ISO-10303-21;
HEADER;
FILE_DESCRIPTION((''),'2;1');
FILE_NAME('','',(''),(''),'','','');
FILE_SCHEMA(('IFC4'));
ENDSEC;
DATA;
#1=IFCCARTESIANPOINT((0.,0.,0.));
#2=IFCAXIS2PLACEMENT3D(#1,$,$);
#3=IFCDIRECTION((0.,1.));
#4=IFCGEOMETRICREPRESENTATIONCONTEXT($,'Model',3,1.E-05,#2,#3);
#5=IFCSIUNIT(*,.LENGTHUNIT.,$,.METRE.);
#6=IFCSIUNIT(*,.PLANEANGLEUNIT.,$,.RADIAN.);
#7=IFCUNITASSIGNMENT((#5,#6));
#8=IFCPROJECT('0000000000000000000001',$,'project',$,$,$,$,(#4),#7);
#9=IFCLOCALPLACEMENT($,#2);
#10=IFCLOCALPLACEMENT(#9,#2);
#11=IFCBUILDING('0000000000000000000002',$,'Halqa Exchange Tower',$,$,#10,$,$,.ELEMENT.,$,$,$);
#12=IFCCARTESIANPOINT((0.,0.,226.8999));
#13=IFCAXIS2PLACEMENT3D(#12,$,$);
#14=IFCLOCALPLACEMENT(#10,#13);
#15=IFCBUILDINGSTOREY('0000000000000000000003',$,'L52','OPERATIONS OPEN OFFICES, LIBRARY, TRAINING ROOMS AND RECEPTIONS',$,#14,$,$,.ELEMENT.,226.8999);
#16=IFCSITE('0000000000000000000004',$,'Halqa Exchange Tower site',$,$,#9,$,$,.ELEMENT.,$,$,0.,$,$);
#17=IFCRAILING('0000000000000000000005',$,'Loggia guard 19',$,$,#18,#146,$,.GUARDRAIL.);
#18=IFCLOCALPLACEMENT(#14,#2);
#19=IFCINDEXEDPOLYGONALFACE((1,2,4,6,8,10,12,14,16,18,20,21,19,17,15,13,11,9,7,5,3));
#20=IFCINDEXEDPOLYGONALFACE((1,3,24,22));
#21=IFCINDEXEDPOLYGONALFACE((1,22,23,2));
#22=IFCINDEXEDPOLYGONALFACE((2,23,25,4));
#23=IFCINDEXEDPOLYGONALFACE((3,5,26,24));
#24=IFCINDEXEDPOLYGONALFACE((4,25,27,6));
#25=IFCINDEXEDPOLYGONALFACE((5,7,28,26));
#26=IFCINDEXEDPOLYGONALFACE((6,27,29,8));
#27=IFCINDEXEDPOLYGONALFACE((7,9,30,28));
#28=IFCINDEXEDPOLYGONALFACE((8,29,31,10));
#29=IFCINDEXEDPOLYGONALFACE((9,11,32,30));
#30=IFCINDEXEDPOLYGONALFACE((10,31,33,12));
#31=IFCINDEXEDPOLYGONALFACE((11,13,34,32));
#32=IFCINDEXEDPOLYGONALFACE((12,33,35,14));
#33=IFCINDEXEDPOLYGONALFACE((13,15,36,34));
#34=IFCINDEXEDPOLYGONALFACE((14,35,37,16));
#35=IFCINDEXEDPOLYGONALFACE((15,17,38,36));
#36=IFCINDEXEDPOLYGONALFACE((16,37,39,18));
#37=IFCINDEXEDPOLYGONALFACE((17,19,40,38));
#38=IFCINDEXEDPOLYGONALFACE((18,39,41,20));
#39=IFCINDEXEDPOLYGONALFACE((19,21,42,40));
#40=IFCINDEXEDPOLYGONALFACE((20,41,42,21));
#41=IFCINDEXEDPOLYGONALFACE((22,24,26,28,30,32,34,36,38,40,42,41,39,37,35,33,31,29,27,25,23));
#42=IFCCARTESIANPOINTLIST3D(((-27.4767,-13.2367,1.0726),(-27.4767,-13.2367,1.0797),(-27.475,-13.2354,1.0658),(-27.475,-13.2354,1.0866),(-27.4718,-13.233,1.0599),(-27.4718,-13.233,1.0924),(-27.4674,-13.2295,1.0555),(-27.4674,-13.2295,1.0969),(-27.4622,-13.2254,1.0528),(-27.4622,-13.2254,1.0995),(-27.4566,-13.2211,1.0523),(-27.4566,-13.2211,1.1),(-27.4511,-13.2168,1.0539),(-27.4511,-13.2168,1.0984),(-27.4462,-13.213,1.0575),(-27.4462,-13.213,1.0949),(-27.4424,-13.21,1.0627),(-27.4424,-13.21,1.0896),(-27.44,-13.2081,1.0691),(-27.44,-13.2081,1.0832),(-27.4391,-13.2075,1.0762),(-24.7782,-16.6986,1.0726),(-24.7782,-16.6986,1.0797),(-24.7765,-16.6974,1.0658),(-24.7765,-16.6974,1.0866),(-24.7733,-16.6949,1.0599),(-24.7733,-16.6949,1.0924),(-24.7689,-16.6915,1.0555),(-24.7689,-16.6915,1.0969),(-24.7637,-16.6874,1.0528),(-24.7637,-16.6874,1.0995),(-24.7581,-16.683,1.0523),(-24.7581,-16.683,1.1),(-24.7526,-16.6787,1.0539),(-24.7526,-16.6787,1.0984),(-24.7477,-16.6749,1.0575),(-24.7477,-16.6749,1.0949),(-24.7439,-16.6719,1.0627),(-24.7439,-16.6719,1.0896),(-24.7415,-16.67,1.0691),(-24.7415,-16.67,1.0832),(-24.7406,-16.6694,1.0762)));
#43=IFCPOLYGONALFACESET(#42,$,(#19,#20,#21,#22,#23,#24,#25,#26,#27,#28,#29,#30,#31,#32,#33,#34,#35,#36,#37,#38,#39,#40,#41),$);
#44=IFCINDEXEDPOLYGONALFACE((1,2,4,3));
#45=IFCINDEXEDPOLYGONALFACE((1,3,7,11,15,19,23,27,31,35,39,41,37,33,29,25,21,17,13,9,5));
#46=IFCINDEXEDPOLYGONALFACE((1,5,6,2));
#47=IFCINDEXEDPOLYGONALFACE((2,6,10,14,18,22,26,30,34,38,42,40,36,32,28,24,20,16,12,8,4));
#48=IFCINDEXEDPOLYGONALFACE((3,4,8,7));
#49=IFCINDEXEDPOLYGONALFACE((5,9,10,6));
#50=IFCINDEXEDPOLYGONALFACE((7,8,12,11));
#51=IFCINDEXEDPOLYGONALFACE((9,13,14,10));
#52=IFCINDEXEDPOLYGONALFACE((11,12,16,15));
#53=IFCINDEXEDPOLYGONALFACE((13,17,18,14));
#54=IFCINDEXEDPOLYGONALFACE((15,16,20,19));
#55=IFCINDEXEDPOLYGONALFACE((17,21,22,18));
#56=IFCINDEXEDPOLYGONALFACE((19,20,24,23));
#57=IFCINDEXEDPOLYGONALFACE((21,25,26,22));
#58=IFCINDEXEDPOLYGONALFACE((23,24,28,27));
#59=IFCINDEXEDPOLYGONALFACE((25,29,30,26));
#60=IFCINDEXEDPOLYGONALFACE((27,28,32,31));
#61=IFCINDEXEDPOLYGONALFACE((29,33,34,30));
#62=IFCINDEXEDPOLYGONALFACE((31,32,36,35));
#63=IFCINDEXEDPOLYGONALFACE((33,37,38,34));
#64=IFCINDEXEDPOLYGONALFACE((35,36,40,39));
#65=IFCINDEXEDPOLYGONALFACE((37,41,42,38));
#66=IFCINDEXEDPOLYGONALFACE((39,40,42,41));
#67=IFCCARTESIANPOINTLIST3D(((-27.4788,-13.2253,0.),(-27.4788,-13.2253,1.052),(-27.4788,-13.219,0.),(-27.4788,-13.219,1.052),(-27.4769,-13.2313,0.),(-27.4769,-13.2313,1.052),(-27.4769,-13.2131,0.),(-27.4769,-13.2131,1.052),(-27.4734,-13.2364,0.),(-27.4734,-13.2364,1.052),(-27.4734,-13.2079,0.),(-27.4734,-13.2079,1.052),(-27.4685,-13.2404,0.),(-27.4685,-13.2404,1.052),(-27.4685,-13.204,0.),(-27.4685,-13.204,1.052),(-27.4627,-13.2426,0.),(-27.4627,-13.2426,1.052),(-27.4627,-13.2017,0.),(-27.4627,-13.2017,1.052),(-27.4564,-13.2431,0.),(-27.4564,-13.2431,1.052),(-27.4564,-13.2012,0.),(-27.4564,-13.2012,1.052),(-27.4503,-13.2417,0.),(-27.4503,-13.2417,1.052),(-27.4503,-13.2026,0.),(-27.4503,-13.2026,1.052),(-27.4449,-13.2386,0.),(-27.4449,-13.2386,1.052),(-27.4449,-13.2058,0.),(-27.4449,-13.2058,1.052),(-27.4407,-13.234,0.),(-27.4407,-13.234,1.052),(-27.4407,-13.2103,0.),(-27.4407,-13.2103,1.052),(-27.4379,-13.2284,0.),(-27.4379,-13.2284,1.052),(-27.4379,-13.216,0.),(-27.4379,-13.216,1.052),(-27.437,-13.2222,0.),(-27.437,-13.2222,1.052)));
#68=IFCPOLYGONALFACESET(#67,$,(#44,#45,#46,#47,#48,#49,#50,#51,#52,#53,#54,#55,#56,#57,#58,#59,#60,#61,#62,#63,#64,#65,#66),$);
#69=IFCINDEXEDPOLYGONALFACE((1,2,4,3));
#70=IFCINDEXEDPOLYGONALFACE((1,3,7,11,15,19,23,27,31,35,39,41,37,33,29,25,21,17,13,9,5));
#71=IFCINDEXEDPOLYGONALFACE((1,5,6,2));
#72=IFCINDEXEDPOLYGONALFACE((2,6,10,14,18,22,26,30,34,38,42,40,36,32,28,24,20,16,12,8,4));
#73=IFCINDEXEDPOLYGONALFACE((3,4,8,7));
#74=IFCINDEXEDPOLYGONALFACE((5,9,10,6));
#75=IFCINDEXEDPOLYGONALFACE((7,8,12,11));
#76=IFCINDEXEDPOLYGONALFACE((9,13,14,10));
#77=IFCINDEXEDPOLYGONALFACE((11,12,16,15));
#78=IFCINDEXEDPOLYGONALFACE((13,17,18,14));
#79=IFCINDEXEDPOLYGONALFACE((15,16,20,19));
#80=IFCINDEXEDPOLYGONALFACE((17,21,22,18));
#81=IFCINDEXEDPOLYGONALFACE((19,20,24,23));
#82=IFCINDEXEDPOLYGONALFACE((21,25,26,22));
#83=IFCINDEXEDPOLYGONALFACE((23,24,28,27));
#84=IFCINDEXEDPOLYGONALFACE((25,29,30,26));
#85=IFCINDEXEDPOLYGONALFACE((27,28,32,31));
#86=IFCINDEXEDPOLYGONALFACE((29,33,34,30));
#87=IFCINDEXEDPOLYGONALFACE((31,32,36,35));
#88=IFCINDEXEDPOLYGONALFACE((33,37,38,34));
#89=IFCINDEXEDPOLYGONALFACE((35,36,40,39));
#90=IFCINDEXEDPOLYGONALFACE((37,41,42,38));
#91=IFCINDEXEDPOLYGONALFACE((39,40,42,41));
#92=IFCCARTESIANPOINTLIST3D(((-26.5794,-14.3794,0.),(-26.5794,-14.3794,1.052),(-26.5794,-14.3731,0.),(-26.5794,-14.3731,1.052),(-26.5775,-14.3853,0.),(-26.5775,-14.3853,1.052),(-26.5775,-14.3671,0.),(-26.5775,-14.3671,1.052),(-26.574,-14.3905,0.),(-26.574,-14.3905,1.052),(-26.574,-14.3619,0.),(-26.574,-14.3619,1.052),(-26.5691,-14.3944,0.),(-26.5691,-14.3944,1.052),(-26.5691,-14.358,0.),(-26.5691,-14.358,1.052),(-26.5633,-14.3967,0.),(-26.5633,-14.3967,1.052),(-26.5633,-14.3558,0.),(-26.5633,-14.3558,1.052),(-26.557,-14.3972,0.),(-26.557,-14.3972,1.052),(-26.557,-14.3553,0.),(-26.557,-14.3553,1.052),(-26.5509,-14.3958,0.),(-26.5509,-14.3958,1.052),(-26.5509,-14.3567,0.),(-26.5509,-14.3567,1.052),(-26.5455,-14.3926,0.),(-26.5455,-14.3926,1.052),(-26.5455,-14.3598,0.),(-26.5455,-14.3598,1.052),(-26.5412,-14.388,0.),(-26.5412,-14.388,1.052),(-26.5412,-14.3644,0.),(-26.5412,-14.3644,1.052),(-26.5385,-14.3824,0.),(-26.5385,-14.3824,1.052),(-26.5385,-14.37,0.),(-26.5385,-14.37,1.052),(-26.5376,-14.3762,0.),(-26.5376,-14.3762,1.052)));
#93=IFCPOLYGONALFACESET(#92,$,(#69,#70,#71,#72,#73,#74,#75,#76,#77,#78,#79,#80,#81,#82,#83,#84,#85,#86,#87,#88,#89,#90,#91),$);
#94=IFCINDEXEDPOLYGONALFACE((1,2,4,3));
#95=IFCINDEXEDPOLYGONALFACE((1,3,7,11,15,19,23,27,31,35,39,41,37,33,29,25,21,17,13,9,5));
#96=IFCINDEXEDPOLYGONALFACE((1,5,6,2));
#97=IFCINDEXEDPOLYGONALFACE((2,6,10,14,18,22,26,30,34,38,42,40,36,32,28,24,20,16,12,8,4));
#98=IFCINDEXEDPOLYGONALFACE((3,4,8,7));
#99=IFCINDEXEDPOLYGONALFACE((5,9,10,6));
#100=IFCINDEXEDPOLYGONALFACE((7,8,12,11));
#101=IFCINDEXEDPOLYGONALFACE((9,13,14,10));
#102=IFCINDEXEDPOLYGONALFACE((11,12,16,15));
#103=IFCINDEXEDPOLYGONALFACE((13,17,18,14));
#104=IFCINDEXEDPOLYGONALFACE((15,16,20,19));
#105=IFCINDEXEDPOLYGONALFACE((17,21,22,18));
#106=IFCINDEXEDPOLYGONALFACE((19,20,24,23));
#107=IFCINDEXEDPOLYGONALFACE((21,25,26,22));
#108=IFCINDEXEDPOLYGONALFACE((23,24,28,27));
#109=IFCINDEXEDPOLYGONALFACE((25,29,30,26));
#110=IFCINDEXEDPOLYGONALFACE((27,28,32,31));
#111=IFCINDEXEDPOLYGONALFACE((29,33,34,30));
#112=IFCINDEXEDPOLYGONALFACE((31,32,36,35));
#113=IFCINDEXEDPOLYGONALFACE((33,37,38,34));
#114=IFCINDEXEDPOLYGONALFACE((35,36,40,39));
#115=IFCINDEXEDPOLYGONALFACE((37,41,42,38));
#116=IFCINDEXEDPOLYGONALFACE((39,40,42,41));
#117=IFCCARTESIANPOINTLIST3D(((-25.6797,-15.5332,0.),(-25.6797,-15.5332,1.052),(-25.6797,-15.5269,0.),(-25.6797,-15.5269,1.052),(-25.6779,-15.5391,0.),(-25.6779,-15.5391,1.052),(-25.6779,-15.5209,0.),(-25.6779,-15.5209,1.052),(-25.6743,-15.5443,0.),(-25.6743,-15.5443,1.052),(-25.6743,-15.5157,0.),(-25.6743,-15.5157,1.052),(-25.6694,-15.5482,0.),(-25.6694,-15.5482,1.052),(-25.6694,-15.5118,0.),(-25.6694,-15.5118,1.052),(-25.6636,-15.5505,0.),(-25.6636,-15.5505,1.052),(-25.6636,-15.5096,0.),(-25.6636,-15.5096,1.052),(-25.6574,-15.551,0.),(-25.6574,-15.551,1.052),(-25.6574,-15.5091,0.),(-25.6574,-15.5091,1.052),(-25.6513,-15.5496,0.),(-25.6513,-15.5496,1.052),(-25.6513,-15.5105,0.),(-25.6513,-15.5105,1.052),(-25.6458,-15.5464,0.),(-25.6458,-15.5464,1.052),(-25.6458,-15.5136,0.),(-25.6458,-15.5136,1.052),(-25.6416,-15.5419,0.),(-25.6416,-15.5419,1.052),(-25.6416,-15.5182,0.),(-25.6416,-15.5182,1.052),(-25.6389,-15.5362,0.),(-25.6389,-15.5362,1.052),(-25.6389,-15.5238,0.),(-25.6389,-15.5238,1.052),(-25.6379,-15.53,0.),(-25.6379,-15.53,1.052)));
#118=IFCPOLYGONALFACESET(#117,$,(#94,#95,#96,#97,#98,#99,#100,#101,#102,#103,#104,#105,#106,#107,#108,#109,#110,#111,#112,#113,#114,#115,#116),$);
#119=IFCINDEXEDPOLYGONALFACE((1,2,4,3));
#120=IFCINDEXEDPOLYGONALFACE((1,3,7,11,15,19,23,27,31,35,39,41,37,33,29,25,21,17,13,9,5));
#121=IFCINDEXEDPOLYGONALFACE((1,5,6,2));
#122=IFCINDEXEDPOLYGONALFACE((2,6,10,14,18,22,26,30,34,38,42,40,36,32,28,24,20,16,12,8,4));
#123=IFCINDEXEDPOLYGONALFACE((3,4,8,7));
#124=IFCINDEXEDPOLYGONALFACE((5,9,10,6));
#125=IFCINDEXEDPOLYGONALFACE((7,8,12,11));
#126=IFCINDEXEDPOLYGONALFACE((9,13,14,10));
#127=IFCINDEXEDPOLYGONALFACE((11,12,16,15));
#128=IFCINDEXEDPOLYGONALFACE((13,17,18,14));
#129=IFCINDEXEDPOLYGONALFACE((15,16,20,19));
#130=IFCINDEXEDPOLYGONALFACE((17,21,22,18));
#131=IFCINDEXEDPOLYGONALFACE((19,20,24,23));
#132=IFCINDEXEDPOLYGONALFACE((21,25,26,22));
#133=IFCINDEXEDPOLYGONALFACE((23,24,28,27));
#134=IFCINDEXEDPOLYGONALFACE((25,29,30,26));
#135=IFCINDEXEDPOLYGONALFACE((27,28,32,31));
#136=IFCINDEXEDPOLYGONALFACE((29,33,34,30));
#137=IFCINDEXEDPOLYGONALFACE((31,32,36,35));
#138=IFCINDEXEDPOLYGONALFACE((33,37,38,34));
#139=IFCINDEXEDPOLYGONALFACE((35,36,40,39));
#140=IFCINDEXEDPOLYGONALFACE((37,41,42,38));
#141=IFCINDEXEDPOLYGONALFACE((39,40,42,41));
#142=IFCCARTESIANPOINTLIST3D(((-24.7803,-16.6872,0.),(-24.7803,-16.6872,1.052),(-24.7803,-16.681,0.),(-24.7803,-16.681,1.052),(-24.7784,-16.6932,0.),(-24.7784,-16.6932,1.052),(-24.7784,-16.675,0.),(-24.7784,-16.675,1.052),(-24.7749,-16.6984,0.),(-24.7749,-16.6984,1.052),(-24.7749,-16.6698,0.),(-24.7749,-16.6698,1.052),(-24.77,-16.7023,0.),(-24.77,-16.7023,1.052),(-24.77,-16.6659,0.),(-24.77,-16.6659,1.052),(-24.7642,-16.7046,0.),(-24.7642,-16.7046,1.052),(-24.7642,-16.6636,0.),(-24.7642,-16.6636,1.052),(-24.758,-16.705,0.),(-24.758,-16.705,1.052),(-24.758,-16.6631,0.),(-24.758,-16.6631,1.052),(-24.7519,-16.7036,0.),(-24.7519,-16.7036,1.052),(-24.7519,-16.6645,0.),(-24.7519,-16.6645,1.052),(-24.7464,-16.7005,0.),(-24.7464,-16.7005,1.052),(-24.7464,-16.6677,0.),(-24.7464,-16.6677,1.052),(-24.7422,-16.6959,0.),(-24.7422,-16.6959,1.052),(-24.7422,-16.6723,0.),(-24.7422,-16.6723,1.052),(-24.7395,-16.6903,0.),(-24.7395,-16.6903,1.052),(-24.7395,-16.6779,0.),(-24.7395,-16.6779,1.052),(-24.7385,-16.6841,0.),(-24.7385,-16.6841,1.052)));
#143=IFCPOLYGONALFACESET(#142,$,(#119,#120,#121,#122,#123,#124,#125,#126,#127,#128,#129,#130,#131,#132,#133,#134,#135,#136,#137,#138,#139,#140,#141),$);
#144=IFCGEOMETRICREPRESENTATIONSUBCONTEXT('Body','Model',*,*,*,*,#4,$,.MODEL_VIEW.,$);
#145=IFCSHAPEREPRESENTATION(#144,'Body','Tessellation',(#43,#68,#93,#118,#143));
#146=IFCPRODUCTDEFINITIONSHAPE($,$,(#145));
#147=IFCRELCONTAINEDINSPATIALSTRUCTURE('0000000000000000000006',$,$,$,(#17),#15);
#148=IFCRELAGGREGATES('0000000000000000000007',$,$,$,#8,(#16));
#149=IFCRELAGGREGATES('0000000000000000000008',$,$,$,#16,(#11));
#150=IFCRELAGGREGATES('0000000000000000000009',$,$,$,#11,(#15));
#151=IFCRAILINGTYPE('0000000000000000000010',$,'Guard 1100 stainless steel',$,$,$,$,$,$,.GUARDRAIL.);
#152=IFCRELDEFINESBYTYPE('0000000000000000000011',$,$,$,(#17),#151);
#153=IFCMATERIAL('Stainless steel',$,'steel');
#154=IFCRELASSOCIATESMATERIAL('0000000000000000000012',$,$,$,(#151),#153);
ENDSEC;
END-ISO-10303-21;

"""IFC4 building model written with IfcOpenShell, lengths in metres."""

from ifc_helpers import new_model, si_unit, direction, frame, origin, origin_2d, place, context, subcontext, project, spatial, circle, extrude, material, type_object, element, save


model = new_model("IFC4")

# Units and contexts
model_context = context("Model", 3, precision=1e-05, world=origin(), true_north=direction((0.0, 1.0)))
body_context = subcontext(model_context, "Body", "Model", "MODEL_VIEW")
ifc_project = project(units=[si_unit("LENGTHUNIT", "METRE"), si_unit("PLANEANGLEUNIT", "RADIAN")], contexts=[model_context])

# Site, building, storey
site_placement = place(None, origin())
site = spatial("IfcSite", under=ifc_project, at=site_placement, Name="Halqa Exchange Tower site", CompositionType="ELEMENT", RefElevation=0.0)
building_placement = place(site_placement, origin())
building = spatial("IfcBuilding", under=site, at=building_placement, Name="Halqa Exchange Tower", CompositionType="ELEMENT")
storey_placement = place(building_placement, frame((0.0, 0.0, 226.8999)))
storey = spatial("IfcBuildingStorey", under=building, at=storey_placement, Name="L52", Description="OPERATIONS OPEN OFFICES, LIBRARY, TRAINING ROOMS AND RECEPTIONS", CompositionType="ELEMENT", Elevation=226.8999)

# Railing
ifc_material_1 = material(Name="Stainless steel", Category="steel")
railing_type = type_object("IfcRailingType", Name="Guard 1100 stainless steel", PredefinedType="GUARDRAIL", material=ifc_material_1)
railing_1_placement = place(storey_placement, frame((-27.458, -13.2222, 0.0)))
element("IfcRailing", 1, at=railing_1_placement, inside=storey, type_object=railing_type, Name="Loggia guard 19", PredefinedType="GUARDRAIL", context=body_context, shape_type="SweptSolid", body=[
    extrude(circle(Radius=0.0239, at=origin_2d()), frame((0.0, 0.0, 1.0762), z_axis=(0.614776, -0.788702, 0.0), x_axis=(0.788702, 0.614776, 0.0)), (0.0, 0.0, 1.0), 4.3894),
    extrude(circle(Radius=0.021, at=origin_2d()), origin(), (0.0, 0.0, 1.0), 1.052),
    extrude(circle(Radius=0.021, at=origin_2d()), frame((0.8994, -1.1541, 0.0)), (0.0, 0.0, 1.0), 1.052),
    extrude(circle(Radius=0.021, at=origin_2d()), frame((1.7991, -2.3079, 0.0)), (0.0, 0.0, 1.0), 1.052),
    extrude(circle(Radius=0.021, at=origin_2d()), frame((2.6985, -3.4619, 0.0)), (0.0, 0.0, 1.0), 1.052),
])

save(model, "model.ifc")
